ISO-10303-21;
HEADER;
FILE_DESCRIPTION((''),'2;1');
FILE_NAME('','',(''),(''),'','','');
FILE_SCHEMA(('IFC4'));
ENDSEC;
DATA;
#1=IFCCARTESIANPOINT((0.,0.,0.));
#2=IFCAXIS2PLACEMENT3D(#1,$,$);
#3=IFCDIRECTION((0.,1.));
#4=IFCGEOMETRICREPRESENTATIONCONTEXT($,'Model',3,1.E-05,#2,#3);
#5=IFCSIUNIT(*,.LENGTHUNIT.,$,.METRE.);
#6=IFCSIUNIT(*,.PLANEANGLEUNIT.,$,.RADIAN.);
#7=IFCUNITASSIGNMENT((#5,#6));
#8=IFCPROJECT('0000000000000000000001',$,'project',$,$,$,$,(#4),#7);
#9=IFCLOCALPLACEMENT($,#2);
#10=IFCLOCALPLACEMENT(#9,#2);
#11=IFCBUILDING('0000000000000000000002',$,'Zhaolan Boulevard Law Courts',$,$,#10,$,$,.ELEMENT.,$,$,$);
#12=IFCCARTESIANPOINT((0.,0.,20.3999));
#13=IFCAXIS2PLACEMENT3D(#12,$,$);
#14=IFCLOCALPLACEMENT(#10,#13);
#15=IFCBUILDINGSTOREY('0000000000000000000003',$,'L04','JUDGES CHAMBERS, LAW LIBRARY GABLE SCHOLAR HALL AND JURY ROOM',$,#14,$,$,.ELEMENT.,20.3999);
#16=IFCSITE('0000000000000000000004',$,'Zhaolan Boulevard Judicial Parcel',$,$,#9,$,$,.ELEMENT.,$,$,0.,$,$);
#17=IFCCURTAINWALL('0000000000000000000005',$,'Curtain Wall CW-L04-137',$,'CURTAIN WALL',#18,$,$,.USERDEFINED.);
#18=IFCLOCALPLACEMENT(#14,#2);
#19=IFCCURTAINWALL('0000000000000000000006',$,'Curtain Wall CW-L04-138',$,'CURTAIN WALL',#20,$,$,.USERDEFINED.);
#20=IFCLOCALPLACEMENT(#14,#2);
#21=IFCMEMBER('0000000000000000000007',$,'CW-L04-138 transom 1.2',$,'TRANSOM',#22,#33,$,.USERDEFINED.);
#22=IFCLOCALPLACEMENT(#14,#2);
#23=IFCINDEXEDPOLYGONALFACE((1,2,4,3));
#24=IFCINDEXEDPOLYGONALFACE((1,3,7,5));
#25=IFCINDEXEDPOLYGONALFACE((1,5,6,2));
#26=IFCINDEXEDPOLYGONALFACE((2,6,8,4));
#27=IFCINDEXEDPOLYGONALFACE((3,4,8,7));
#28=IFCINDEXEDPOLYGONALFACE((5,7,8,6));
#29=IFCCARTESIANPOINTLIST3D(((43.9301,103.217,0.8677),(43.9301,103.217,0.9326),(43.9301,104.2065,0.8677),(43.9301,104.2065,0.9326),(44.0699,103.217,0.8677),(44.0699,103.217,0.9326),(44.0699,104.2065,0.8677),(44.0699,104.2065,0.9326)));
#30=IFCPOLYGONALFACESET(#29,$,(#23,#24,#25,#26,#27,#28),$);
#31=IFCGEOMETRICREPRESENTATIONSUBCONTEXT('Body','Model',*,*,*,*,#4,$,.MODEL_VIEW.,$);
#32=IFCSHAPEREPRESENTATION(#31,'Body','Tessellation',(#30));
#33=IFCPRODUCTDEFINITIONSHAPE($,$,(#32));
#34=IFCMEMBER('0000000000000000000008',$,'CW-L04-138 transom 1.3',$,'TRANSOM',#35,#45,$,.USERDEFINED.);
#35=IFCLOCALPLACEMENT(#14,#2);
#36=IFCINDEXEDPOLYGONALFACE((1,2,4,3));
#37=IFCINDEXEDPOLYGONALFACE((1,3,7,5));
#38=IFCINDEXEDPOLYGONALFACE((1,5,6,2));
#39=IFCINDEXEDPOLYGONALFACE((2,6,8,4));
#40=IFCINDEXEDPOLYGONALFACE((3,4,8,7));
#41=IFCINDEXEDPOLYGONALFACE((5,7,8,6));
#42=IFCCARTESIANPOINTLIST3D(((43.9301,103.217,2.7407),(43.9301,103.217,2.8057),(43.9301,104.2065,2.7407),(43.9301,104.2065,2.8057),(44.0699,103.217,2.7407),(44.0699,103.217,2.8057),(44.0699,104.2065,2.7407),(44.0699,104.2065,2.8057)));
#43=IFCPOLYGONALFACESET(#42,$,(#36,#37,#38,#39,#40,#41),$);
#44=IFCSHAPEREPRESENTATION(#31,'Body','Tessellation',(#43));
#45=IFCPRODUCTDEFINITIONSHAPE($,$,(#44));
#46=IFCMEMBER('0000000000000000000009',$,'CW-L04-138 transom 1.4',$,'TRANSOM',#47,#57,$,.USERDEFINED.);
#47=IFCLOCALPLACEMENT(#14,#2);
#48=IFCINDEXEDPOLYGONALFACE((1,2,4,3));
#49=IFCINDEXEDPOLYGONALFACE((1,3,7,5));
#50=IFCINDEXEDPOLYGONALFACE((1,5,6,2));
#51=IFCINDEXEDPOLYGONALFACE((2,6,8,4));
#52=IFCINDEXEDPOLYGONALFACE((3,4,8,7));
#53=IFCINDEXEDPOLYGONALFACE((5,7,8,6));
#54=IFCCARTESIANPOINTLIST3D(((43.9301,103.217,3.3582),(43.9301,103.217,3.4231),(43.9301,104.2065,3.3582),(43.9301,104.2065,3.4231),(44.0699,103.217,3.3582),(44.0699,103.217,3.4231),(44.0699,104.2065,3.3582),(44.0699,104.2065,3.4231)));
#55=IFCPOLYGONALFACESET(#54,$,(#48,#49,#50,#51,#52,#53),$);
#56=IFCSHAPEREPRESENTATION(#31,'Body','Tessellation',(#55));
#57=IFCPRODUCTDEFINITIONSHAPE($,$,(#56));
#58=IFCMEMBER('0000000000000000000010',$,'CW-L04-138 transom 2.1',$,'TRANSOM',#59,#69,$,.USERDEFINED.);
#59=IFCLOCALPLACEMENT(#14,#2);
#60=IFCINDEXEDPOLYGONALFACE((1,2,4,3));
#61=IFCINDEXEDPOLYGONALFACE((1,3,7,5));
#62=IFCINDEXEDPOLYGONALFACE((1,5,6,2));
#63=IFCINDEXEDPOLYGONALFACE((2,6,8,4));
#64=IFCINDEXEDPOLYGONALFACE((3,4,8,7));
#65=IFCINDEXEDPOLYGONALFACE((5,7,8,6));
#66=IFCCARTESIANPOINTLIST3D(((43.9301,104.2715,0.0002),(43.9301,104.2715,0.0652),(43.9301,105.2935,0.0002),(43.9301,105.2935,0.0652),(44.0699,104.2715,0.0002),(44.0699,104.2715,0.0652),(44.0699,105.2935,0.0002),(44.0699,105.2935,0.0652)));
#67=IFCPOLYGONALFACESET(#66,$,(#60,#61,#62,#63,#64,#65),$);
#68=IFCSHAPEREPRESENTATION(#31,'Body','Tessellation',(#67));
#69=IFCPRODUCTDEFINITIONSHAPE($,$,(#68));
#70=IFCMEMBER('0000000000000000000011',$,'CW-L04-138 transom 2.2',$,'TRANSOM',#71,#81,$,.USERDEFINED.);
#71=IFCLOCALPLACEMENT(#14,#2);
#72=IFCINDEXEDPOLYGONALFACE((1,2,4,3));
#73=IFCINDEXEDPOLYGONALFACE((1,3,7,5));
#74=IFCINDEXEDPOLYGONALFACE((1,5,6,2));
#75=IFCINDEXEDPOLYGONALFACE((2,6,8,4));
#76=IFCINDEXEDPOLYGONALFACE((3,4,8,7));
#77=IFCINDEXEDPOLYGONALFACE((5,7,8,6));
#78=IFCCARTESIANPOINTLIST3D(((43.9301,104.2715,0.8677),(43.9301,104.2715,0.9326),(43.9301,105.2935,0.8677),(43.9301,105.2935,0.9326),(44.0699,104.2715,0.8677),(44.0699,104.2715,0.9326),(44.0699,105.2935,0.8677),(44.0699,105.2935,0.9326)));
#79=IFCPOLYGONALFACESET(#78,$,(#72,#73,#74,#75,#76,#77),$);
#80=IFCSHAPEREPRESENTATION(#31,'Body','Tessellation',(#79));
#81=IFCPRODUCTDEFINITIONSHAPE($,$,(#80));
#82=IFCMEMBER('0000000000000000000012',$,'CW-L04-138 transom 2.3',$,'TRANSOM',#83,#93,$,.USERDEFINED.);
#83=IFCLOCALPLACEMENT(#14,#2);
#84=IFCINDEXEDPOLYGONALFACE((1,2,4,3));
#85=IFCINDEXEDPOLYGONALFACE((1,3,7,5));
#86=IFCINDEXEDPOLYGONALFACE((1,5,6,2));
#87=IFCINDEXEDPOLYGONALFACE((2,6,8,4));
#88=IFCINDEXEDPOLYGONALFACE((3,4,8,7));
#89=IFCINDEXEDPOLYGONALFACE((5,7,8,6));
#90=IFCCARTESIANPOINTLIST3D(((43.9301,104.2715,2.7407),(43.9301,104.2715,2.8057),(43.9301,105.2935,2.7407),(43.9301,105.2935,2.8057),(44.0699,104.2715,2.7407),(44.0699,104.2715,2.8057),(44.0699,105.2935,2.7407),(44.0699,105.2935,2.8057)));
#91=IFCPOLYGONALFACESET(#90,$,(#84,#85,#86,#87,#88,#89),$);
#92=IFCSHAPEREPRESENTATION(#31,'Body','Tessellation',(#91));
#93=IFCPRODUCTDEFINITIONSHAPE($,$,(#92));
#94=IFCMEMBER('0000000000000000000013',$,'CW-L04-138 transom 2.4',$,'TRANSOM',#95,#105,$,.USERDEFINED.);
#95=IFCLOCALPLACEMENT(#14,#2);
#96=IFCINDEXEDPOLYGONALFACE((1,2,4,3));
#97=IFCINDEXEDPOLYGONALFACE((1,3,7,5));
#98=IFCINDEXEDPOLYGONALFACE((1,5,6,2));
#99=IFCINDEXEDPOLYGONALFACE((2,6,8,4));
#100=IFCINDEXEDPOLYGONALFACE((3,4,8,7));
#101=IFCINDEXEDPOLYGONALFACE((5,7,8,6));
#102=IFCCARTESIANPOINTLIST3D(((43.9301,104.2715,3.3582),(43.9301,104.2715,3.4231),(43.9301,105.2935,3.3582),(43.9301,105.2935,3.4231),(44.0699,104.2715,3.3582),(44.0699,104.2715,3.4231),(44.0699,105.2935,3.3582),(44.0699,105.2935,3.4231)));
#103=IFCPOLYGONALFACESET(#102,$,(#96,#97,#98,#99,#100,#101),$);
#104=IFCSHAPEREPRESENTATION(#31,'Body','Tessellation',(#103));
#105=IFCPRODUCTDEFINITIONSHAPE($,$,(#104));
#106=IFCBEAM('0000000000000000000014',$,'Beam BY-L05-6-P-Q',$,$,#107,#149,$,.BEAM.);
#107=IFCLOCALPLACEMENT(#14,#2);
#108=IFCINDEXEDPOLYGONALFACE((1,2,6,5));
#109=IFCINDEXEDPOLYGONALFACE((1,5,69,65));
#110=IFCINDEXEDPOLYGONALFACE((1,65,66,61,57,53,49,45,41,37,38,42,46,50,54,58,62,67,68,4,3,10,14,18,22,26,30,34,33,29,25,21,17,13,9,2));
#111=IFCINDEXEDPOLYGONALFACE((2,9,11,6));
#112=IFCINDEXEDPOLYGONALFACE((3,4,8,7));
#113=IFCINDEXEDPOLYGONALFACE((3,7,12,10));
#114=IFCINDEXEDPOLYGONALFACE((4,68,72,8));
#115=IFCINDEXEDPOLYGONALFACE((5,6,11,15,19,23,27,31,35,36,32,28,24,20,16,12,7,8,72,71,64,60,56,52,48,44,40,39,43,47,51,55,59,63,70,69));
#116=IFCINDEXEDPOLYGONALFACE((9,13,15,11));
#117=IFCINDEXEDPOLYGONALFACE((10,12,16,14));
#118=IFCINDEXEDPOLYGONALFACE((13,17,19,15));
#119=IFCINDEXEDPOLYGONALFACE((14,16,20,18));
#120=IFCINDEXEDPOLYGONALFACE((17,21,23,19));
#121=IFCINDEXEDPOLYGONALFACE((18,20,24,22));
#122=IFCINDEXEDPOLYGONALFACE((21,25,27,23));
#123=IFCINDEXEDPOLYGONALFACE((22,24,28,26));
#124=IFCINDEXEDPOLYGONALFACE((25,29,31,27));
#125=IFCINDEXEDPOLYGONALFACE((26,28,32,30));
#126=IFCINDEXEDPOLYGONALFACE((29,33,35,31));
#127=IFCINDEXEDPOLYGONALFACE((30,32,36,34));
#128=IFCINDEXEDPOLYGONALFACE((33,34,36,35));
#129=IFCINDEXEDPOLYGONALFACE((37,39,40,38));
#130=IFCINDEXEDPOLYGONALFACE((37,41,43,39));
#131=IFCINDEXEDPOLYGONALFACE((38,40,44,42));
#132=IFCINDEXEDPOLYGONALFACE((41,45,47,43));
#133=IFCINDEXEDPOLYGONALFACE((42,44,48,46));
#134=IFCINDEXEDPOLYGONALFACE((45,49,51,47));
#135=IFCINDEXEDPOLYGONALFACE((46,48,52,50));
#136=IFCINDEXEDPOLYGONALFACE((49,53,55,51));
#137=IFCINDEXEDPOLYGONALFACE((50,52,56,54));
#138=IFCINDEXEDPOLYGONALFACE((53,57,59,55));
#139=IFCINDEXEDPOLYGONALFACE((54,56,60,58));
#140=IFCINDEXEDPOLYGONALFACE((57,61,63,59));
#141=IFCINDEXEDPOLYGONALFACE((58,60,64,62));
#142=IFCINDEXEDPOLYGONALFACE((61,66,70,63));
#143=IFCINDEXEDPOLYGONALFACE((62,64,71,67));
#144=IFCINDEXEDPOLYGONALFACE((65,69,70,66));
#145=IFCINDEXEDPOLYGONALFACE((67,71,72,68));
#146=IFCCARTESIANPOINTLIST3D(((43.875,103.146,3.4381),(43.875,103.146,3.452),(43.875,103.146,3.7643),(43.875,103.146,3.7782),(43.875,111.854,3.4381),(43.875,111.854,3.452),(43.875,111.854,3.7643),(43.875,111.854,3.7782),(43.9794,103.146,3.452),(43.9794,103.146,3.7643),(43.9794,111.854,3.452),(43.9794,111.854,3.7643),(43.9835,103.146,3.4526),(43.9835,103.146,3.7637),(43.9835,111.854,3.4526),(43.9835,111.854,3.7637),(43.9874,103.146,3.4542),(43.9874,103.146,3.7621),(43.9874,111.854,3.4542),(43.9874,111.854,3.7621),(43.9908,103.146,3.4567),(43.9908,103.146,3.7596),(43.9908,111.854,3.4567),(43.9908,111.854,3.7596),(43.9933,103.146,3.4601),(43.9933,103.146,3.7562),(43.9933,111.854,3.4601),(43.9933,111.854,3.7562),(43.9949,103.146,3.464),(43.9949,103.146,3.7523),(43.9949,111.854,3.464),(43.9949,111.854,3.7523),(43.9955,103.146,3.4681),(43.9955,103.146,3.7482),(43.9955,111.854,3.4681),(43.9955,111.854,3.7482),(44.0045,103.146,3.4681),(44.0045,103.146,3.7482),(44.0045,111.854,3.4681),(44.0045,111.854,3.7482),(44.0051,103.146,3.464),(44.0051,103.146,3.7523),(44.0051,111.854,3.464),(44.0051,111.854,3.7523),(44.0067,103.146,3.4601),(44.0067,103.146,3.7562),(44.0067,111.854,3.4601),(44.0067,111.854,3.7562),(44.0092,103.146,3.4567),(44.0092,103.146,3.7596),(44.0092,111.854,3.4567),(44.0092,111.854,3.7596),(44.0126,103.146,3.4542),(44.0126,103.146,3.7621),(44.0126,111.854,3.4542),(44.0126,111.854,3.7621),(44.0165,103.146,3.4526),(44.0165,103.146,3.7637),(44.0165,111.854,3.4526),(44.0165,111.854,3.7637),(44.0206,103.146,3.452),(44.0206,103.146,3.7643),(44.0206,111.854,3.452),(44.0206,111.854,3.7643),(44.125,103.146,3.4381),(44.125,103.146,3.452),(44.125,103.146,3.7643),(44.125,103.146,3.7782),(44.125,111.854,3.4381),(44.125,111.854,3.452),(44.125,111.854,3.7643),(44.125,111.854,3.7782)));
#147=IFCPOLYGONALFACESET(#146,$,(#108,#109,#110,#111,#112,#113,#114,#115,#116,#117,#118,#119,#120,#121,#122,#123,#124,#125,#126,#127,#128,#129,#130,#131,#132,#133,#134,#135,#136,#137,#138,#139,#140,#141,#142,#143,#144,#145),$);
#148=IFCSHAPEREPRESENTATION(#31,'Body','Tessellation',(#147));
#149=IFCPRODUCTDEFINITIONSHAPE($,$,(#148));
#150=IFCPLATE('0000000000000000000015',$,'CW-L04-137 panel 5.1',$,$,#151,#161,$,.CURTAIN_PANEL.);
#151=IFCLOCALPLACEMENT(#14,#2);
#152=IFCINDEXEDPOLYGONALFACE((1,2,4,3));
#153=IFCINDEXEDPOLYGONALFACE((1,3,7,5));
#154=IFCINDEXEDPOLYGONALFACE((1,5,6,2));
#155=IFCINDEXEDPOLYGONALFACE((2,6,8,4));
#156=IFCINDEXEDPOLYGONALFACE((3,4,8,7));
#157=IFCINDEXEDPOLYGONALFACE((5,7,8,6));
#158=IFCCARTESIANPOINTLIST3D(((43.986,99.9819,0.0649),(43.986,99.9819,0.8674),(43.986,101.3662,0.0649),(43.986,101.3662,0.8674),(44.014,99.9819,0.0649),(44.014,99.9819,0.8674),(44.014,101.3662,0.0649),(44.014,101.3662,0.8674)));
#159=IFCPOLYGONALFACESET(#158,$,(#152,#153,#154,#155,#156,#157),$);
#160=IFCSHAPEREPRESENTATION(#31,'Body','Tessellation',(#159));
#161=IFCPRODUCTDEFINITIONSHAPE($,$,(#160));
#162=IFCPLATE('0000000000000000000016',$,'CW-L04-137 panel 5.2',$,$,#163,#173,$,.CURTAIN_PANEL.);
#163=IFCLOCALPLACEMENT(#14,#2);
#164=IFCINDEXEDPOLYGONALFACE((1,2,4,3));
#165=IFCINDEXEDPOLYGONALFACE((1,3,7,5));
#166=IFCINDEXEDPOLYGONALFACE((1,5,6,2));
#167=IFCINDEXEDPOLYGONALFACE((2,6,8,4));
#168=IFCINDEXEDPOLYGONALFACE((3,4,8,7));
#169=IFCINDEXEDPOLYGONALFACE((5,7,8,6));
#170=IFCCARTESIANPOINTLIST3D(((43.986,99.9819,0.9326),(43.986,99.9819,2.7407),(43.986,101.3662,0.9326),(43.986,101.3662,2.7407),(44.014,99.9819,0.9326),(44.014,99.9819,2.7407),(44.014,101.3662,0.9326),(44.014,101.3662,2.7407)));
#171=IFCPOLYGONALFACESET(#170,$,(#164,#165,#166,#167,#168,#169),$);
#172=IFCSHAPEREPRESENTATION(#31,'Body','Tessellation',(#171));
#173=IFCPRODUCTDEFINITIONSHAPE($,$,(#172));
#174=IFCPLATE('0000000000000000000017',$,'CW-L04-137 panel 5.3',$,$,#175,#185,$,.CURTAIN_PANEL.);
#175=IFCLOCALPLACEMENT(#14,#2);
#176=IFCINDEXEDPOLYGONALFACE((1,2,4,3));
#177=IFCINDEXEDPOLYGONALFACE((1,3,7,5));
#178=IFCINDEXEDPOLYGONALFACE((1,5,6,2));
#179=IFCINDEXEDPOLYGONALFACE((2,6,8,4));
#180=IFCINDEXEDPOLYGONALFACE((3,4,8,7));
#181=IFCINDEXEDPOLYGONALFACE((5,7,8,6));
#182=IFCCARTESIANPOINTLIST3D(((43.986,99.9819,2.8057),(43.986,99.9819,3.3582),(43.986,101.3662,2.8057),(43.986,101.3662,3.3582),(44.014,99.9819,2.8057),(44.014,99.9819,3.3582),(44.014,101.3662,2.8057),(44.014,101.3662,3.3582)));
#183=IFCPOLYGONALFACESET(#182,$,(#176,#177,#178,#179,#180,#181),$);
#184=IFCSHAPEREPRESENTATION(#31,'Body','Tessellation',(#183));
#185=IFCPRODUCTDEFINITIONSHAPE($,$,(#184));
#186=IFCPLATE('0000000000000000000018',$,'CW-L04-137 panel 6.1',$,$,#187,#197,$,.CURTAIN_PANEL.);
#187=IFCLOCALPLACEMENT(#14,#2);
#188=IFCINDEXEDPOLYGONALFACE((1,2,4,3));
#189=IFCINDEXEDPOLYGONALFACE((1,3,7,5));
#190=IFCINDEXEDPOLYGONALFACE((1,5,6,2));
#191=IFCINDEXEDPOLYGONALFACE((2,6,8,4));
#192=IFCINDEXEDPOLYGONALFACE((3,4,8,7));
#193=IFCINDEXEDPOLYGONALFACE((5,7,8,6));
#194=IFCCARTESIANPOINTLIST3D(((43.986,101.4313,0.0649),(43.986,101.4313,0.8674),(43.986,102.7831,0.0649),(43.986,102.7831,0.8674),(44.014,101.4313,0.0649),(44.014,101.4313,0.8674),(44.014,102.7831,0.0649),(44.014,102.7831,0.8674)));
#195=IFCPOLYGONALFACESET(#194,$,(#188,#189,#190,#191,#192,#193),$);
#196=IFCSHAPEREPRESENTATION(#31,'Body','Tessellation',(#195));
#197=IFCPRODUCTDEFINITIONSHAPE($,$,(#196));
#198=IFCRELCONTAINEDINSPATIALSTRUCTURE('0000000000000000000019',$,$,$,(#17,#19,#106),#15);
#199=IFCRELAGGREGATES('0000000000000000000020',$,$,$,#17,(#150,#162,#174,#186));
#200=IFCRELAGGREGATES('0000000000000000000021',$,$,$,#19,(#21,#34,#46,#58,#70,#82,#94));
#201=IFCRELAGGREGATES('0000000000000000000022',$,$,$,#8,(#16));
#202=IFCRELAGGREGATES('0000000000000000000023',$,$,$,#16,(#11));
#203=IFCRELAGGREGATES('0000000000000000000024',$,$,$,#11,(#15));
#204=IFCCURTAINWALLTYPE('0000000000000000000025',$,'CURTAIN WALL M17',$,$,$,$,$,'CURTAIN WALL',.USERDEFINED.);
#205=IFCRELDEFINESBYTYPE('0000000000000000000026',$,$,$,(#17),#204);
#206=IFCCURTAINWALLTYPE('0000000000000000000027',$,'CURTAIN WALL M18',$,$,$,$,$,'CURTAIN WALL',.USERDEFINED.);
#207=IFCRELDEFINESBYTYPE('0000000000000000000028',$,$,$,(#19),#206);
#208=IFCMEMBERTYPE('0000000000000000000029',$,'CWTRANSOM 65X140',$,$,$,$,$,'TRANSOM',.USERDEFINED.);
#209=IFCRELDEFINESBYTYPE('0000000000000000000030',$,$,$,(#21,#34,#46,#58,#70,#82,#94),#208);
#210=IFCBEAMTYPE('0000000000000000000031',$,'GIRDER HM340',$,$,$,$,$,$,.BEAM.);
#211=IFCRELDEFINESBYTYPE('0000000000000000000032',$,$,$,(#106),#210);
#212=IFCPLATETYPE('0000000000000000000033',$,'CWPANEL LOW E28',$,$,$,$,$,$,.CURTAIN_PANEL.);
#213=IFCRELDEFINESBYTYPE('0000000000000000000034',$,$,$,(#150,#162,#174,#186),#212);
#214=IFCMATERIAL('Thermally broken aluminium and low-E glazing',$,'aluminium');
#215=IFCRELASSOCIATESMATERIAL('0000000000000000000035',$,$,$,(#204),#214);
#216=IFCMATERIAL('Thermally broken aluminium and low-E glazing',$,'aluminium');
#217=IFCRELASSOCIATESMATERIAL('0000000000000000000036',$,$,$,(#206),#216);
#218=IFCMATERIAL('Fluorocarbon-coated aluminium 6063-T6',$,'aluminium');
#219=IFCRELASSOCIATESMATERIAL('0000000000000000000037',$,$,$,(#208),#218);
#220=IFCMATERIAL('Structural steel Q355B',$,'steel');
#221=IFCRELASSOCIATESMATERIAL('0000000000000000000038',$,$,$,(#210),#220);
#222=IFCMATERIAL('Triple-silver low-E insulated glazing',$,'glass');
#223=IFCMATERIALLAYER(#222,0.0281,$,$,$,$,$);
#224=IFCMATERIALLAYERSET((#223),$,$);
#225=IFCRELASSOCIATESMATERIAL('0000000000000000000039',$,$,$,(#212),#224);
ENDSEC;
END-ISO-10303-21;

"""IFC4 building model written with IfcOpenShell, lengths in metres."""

from ifc_helpers import new_model, si_unit, direction, frame, origin, origin_2d, place, context, subcontext, project, spatial, rectangle, i_section, extrude, material, layer, layer_set, material_profile, profile_set, type_object, element, aggregate, save


model = new_model("IFC4")

# Units and contexts
model_context = context("Model", 3, precision=1e-05, world=origin(), true_north=direction((0.0, 1.0)))
body_context = subcontext(model_context, "Body", "Model", "MODEL_VIEW")
ifc_project = project(units=[si_unit("LENGTHUNIT", "METRE"), si_unit("PLANEANGLEUNIT", "RADIAN")], contexts=[model_context])

# Site, building, storey
site_placement = place(None, origin())
site = spatial("IfcSite", under=ifc_project, at=site_placement, Name="Zhaolan Boulevard Judicial Parcel", CompositionType="ELEMENT", RefElevation=0.0)
building_placement = place(site_placement, origin())
building = spatial("IfcBuilding", under=site, at=building_placement, Name="Zhaolan Boulevard Law Courts", CompositionType="ELEMENT")
storey_placement = place(building_placement, frame((0.0, 0.0, 20.3999)))
storey = spatial("IfcBuildingStorey", under=building, at=storey_placement, Name="L04", Description="JUDGES CHAMBERS, LAW LIBRARY GABLE SCHOLAR HALL AND JURY ROOM", CompositionType="ELEMENT", Elevation=20.3999)

# Curtain walls
ifc_material_1 = material(Name="Thermally broken aluminium and low-E glazing", Category="aluminium")
curtain_wall_type_1 = type_object("IfcCurtainWallType", Name="CURTAIN WALL M17", ElementType="CURTAIN WALL", PredefinedType="USERDEFINED", material=ifc_material_1)
curtain_wall_1_placement = place(storey_placement, origin())
curtain_wall_1 = element("IfcCurtainWall", 1, at=curtain_wall_1_placement, inside=storey, type_object=curtain_wall_type_1, Name="Curtain Wall CW-L04-137", ObjectType="CURTAIN WALL", PredefinedType="USERDEFINED")
ifc_material_2 = material(Name="Thermally broken aluminium and low-E glazing", Category="aluminium")
curtain_wall_type_2 = type_object("IfcCurtainWallType", Name="CURTAIN WALL M18", ElementType="CURTAIN WALL", PredefinedType="USERDEFINED", material=ifc_material_2)
curtain_wall_2_placement = place(storey_placement, origin())
curtain_wall_2 = element("IfcCurtainWall", 2, at=curtain_wall_2_placement, inside=storey, type_object=curtain_wall_type_2, Name="Curtain Wall CW-L04-138", ObjectType="CURTAIN WALL", PredefinedType="USERDEFINED")

# Members
ifc_material_3 = material(Name="Fluorocarbon-coated aluminium 6063-T6", Category="aluminium")
ifc_material_profile_1 = material_profile(ifc_material_3, rectangle(XDim=0.1399, YDim=0.0649, at=origin_2d()), Name="AL65x140")
ifc_profile_set_1 = profile_set([ifc_material_profile_1], Name="Fluorocarbon-coated aluminium 6063-T6")
member_type_1 = type_object("IfcMemberType", Name="CWTRANSOM 65X140", ElementType="TRANSOM", PredefinedType="USERDEFINED", material=ifc_profile_set_1)
member_1_placement = place(storey_placement, frame((44.0, 103.217, 0.9001), z_axis=(0.0, 1.0, 0.0), x_axis=(-1.0, 0.0, 0.0)))
member_1 = element("IfcMember", 3, at=member_1_placement, type_object=member_type_1, Name="CW-L04-138 transom 1.2", ObjectType="TRANSOM", PredefinedType="USERDEFINED", context=body_context, shape_type="SweptSolid", body=[
    extrude(rectangle(XDim=0.1399, YDim=0.0649, at=origin_2d()), origin(), (0.0, 0.0, 1.0), 0.9895),
])
member_2_placement = place(storey_placement, frame((44.0, 103.217, 2.7732), z_axis=(0.0, 1.0, 0.0), x_axis=(-1.0, 0.0, 0.0)))
member_2 = element("IfcMember", 4, at=member_2_placement, type_object=member_type_1, Name="CW-L04-138 transom 1.3", ObjectType="TRANSOM", PredefinedType="USERDEFINED", context=body_context, shape_type="SweptSolid", body=[
    extrude(rectangle(XDim=0.1399, YDim=0.0649, at=origin_2d()), origin(), (0.0, 0.0, 1.0), 0.9895),
])
member_3_placement = place(storey_placement, frame((44.0, 103.217, 3.3906), z_axis=(0.0, 1.0, 0.0), x_axis=(-1.0, 0.0, 0.0)))
member_3 = element("IfcMember", 5, at=member_3_placement, type_object=member_type_1, Name="CW-L04-138 transom 1.4", ObjectType="TRANSOM", PredefinedType="USERDEFINED", context=body_context, shape_type="SweptSolid", body=[
    extrude(rectangle(XDim=0.1399, YDim=0.0649, at=origin_2d()), origin(), (0.0, 0.0, 1.0), 0.9895),
])
member_4_placement = place(storey_placement, frame((44.0, 104.2715, 0.0327), z_axis=(0.0, 1.0, 0.0), x_axis=(-1.0, 0.0, 0.0)))
member_4 = element("IfcMember", 6, at=member_4_placement, type_object=member_type_1, Name="CW-L04-138 transom 2.1", ObjectType="TRANSOM", PredefinedType="USERDEFINED", context=body_context, shape_type="SweptSolid", body=[
    extrude(rectangle(XDim=0.1399, YDim=0.0649, at=origin_2d()), origin(), (0.0, 0.0, 1.0), 1.022),
])
member_5_placement = place(storey_placement, frame((44.0, 104.2715, 0.9001), z_axis=(0.0, 1.0, 0.0), x_axis=(-1.0, 0.0, 0.0)))
member_5 = element("IfcMember", 7, at=member_5_placement, type_object=member_type_1, Name="CW-L04-138 transom 2.2", ObjectType="TRANSOM", PredefinedType="USERDEFINED", context=body_context, shape_type="SweptSolid", body=[
    extrude(rectangle(XDim=0.1399, YDim=0.0649, at=origin_2d()), origin(), (0.0, 0.0, 1.0), 1.022),
])
member_6_placement = place(storey_placement, frame((44.0, 104.2715, 2.7732), z_axis=(0.0, 1.0, 0.0), x_axis=(-1.0, 0.0, 0.0)))
member_6 = element("IfcMember", 8, at=member_6_placement, type_object=member_type_1, Name="CW-L04-138 transom 2.3", ObjectType="TRANSOM", PredefinedType="USERDEFINED", context=body_context, shape_type="SweptSolid", body=[
    extrude(rectangle(XDim=0.1399, YDim=0.0649, at=origin_2d()), origin(), (0.0, 0.0, 1.0), 1.022),
])
member_7_placement = place(storey_placement, frame((44.0, 104.2715, 3.3906), z_axis=(0.0, 1.0, 0.0), x_axis=(-1.0, 0.0, 0.0)))
member_7 = element("IfcMember", 9, at=member_7_placement, type_object=member_type_1, Name="CW-L04-138 transom 2.4", ObjectType="TRANSOM", PredefinedType="USERDEFINED", context=body_context, shape_type="SweptSolid", body=[
    extrude(rectangle(XDim=0.1399, YDim=0.0649, at=origin_2d()), origin(), (0.0, 0.0, 1.0), 1.022),
])

# Beam
ifc_material_4 = material(Name="Structural steel Q355B", Category="steel")
ifc_material_profile_2 = material_profile(ifc_material_4, i_section(OverallWidth=0.25, OverallDepth=0.3401, WebThickness=0.009, FlangeThickness=0.0139, FilletRadius=0.0161, at=origin_2d()), Name="HM340x250")
ifc_profile_set_2 = profile_set([ifc_material_profile_2], Name="Structural steel Q355B")
beam_type = type_object("IfcBeamType", Name="GIRDER HM340", PredefinedType="BEAM", material=ifc_profile_set_2)
beam_placement = place(storey_placement, frame((44.0, 103.146, 3.6082), z_axis=(0.0, 1.0, 0.0), x_axis=(-1.0, 0.0, 0.0)))
element("IfcBeam", 10, at=beam_placement, inside=storey, type_object=beam_type, Name="Beam BY-L05-6-P-Q", PredefinedType="BEAM", context=body_context, shape_type="SweptSolid", body=[
    extrude(i_section(OverallWidth=0.25, OverallDepth=0.3401, WebThickness=0.009, FlangeThickness=0.0139, FilletRadius=0.0161, at=origin_2d()), origin(), (0.0, 0.0, 1.0), 8.708),
])

# Plates
ifc_material_5 = material(Name="Triple-silver low-E insulated glazing", Category="glass")
ifc_layer = layer(ifc_material_5, 0.0281)
ifc_layer_set = layer_set([ifc_layer])
plate_type = type_object("IfcPlateType", Name="CWPANEL LOW E28", PredefinedType="CURTAIN_PANEL", material=ifc_layer_set)
plate_1_placement = place(storey_placement, frame((44.0, 100.6741, 0.0649), z_axis=(0.0, 0.0, 1.0), x_axis=(0.0, 1.0, 0.0)))
plate_1 = element("IfcPlate", 11, at=plate_1_placement, type_object=plate_type, Name="CW-L04-137 panel 5.1", PredefinedType="CURTAIN_PANEL", context=body_context, shape_type="SweptSolid", body=[
    extrude(rectangle(XDim=1.3843, YDim=0.0281, at=origin_2d()), origin(), (0.0, 0.0, 1.0), 0.8025),
])
plate_2_placement = place(storey_placement, frame((44.0, 100.6741, 0.9326), z_axis=(0.0, 0.0, 1.0), x_axis=(0.0, 1.0, 0.0)))
plate_2 = element("IfcPlate", 12, at=plate_2_placement, type_object=plate_type, Name="CW-L04-137 panel 5.2", PredefinedType="CURTAIN_PANEL", context=body_context, shape_type="SweptSolid", body=[
    extrude(rectangle(XDim=1.3843, YDim=0.0281, at=origin_2d()), origin(), (0.0, 0.0, 1.0), 1.8081),
])
plate_3_placement = place(storey_placement, frame((44.0, 100.6741, 2.8057), z_axis=(0.0, 0.0, 1.0), x_axis=(0.0, 1.0, 0.0)))
plate_3 = element("IfcPlate", 13, at=plate_3_placement, type_object=plate_type, Name="CW-L04-137 panel 5.3", PredefinedType="CURTAIN_PANEL", context=body_context, shape_type="SweptSolid", body=[
    extrude(rectangle(XDim=1.3843, YDim=0.0281, at=origin_2d()), origin(), (0.0, 0.0, 1.0), 0.5525),
])
plate_4_placement = place(storey_placement, frame((44.0, 102.1072, 0.0649), z_axis=(0.0, 0.0, 1.0), x_axis=(0.0, 1.0, 0.0)))
plate_4 = element("IfcPlate", 14, at=plate_4_placement, type_object=plate_type, Name="CW-L04-137 panel 6.1", PredefinedType="CURTAIN_PANEL", context=body_context, shape_type="SweptSolid", body=[
    extrude(rectangle(XDim=1.3518, YDim=0.0281, at=origin_2d()), origin(), (0.0, 0.0, 1.0), 0.8025),
])
aggregate(curtain_wall_1, [plate_1, plate_2, plate_3, plate_4])
aggregate(curtain_wall_2, [member_1, member_2, member_3, member_4, member_5, member_6, member_7])

save(model, "model.ifc")
